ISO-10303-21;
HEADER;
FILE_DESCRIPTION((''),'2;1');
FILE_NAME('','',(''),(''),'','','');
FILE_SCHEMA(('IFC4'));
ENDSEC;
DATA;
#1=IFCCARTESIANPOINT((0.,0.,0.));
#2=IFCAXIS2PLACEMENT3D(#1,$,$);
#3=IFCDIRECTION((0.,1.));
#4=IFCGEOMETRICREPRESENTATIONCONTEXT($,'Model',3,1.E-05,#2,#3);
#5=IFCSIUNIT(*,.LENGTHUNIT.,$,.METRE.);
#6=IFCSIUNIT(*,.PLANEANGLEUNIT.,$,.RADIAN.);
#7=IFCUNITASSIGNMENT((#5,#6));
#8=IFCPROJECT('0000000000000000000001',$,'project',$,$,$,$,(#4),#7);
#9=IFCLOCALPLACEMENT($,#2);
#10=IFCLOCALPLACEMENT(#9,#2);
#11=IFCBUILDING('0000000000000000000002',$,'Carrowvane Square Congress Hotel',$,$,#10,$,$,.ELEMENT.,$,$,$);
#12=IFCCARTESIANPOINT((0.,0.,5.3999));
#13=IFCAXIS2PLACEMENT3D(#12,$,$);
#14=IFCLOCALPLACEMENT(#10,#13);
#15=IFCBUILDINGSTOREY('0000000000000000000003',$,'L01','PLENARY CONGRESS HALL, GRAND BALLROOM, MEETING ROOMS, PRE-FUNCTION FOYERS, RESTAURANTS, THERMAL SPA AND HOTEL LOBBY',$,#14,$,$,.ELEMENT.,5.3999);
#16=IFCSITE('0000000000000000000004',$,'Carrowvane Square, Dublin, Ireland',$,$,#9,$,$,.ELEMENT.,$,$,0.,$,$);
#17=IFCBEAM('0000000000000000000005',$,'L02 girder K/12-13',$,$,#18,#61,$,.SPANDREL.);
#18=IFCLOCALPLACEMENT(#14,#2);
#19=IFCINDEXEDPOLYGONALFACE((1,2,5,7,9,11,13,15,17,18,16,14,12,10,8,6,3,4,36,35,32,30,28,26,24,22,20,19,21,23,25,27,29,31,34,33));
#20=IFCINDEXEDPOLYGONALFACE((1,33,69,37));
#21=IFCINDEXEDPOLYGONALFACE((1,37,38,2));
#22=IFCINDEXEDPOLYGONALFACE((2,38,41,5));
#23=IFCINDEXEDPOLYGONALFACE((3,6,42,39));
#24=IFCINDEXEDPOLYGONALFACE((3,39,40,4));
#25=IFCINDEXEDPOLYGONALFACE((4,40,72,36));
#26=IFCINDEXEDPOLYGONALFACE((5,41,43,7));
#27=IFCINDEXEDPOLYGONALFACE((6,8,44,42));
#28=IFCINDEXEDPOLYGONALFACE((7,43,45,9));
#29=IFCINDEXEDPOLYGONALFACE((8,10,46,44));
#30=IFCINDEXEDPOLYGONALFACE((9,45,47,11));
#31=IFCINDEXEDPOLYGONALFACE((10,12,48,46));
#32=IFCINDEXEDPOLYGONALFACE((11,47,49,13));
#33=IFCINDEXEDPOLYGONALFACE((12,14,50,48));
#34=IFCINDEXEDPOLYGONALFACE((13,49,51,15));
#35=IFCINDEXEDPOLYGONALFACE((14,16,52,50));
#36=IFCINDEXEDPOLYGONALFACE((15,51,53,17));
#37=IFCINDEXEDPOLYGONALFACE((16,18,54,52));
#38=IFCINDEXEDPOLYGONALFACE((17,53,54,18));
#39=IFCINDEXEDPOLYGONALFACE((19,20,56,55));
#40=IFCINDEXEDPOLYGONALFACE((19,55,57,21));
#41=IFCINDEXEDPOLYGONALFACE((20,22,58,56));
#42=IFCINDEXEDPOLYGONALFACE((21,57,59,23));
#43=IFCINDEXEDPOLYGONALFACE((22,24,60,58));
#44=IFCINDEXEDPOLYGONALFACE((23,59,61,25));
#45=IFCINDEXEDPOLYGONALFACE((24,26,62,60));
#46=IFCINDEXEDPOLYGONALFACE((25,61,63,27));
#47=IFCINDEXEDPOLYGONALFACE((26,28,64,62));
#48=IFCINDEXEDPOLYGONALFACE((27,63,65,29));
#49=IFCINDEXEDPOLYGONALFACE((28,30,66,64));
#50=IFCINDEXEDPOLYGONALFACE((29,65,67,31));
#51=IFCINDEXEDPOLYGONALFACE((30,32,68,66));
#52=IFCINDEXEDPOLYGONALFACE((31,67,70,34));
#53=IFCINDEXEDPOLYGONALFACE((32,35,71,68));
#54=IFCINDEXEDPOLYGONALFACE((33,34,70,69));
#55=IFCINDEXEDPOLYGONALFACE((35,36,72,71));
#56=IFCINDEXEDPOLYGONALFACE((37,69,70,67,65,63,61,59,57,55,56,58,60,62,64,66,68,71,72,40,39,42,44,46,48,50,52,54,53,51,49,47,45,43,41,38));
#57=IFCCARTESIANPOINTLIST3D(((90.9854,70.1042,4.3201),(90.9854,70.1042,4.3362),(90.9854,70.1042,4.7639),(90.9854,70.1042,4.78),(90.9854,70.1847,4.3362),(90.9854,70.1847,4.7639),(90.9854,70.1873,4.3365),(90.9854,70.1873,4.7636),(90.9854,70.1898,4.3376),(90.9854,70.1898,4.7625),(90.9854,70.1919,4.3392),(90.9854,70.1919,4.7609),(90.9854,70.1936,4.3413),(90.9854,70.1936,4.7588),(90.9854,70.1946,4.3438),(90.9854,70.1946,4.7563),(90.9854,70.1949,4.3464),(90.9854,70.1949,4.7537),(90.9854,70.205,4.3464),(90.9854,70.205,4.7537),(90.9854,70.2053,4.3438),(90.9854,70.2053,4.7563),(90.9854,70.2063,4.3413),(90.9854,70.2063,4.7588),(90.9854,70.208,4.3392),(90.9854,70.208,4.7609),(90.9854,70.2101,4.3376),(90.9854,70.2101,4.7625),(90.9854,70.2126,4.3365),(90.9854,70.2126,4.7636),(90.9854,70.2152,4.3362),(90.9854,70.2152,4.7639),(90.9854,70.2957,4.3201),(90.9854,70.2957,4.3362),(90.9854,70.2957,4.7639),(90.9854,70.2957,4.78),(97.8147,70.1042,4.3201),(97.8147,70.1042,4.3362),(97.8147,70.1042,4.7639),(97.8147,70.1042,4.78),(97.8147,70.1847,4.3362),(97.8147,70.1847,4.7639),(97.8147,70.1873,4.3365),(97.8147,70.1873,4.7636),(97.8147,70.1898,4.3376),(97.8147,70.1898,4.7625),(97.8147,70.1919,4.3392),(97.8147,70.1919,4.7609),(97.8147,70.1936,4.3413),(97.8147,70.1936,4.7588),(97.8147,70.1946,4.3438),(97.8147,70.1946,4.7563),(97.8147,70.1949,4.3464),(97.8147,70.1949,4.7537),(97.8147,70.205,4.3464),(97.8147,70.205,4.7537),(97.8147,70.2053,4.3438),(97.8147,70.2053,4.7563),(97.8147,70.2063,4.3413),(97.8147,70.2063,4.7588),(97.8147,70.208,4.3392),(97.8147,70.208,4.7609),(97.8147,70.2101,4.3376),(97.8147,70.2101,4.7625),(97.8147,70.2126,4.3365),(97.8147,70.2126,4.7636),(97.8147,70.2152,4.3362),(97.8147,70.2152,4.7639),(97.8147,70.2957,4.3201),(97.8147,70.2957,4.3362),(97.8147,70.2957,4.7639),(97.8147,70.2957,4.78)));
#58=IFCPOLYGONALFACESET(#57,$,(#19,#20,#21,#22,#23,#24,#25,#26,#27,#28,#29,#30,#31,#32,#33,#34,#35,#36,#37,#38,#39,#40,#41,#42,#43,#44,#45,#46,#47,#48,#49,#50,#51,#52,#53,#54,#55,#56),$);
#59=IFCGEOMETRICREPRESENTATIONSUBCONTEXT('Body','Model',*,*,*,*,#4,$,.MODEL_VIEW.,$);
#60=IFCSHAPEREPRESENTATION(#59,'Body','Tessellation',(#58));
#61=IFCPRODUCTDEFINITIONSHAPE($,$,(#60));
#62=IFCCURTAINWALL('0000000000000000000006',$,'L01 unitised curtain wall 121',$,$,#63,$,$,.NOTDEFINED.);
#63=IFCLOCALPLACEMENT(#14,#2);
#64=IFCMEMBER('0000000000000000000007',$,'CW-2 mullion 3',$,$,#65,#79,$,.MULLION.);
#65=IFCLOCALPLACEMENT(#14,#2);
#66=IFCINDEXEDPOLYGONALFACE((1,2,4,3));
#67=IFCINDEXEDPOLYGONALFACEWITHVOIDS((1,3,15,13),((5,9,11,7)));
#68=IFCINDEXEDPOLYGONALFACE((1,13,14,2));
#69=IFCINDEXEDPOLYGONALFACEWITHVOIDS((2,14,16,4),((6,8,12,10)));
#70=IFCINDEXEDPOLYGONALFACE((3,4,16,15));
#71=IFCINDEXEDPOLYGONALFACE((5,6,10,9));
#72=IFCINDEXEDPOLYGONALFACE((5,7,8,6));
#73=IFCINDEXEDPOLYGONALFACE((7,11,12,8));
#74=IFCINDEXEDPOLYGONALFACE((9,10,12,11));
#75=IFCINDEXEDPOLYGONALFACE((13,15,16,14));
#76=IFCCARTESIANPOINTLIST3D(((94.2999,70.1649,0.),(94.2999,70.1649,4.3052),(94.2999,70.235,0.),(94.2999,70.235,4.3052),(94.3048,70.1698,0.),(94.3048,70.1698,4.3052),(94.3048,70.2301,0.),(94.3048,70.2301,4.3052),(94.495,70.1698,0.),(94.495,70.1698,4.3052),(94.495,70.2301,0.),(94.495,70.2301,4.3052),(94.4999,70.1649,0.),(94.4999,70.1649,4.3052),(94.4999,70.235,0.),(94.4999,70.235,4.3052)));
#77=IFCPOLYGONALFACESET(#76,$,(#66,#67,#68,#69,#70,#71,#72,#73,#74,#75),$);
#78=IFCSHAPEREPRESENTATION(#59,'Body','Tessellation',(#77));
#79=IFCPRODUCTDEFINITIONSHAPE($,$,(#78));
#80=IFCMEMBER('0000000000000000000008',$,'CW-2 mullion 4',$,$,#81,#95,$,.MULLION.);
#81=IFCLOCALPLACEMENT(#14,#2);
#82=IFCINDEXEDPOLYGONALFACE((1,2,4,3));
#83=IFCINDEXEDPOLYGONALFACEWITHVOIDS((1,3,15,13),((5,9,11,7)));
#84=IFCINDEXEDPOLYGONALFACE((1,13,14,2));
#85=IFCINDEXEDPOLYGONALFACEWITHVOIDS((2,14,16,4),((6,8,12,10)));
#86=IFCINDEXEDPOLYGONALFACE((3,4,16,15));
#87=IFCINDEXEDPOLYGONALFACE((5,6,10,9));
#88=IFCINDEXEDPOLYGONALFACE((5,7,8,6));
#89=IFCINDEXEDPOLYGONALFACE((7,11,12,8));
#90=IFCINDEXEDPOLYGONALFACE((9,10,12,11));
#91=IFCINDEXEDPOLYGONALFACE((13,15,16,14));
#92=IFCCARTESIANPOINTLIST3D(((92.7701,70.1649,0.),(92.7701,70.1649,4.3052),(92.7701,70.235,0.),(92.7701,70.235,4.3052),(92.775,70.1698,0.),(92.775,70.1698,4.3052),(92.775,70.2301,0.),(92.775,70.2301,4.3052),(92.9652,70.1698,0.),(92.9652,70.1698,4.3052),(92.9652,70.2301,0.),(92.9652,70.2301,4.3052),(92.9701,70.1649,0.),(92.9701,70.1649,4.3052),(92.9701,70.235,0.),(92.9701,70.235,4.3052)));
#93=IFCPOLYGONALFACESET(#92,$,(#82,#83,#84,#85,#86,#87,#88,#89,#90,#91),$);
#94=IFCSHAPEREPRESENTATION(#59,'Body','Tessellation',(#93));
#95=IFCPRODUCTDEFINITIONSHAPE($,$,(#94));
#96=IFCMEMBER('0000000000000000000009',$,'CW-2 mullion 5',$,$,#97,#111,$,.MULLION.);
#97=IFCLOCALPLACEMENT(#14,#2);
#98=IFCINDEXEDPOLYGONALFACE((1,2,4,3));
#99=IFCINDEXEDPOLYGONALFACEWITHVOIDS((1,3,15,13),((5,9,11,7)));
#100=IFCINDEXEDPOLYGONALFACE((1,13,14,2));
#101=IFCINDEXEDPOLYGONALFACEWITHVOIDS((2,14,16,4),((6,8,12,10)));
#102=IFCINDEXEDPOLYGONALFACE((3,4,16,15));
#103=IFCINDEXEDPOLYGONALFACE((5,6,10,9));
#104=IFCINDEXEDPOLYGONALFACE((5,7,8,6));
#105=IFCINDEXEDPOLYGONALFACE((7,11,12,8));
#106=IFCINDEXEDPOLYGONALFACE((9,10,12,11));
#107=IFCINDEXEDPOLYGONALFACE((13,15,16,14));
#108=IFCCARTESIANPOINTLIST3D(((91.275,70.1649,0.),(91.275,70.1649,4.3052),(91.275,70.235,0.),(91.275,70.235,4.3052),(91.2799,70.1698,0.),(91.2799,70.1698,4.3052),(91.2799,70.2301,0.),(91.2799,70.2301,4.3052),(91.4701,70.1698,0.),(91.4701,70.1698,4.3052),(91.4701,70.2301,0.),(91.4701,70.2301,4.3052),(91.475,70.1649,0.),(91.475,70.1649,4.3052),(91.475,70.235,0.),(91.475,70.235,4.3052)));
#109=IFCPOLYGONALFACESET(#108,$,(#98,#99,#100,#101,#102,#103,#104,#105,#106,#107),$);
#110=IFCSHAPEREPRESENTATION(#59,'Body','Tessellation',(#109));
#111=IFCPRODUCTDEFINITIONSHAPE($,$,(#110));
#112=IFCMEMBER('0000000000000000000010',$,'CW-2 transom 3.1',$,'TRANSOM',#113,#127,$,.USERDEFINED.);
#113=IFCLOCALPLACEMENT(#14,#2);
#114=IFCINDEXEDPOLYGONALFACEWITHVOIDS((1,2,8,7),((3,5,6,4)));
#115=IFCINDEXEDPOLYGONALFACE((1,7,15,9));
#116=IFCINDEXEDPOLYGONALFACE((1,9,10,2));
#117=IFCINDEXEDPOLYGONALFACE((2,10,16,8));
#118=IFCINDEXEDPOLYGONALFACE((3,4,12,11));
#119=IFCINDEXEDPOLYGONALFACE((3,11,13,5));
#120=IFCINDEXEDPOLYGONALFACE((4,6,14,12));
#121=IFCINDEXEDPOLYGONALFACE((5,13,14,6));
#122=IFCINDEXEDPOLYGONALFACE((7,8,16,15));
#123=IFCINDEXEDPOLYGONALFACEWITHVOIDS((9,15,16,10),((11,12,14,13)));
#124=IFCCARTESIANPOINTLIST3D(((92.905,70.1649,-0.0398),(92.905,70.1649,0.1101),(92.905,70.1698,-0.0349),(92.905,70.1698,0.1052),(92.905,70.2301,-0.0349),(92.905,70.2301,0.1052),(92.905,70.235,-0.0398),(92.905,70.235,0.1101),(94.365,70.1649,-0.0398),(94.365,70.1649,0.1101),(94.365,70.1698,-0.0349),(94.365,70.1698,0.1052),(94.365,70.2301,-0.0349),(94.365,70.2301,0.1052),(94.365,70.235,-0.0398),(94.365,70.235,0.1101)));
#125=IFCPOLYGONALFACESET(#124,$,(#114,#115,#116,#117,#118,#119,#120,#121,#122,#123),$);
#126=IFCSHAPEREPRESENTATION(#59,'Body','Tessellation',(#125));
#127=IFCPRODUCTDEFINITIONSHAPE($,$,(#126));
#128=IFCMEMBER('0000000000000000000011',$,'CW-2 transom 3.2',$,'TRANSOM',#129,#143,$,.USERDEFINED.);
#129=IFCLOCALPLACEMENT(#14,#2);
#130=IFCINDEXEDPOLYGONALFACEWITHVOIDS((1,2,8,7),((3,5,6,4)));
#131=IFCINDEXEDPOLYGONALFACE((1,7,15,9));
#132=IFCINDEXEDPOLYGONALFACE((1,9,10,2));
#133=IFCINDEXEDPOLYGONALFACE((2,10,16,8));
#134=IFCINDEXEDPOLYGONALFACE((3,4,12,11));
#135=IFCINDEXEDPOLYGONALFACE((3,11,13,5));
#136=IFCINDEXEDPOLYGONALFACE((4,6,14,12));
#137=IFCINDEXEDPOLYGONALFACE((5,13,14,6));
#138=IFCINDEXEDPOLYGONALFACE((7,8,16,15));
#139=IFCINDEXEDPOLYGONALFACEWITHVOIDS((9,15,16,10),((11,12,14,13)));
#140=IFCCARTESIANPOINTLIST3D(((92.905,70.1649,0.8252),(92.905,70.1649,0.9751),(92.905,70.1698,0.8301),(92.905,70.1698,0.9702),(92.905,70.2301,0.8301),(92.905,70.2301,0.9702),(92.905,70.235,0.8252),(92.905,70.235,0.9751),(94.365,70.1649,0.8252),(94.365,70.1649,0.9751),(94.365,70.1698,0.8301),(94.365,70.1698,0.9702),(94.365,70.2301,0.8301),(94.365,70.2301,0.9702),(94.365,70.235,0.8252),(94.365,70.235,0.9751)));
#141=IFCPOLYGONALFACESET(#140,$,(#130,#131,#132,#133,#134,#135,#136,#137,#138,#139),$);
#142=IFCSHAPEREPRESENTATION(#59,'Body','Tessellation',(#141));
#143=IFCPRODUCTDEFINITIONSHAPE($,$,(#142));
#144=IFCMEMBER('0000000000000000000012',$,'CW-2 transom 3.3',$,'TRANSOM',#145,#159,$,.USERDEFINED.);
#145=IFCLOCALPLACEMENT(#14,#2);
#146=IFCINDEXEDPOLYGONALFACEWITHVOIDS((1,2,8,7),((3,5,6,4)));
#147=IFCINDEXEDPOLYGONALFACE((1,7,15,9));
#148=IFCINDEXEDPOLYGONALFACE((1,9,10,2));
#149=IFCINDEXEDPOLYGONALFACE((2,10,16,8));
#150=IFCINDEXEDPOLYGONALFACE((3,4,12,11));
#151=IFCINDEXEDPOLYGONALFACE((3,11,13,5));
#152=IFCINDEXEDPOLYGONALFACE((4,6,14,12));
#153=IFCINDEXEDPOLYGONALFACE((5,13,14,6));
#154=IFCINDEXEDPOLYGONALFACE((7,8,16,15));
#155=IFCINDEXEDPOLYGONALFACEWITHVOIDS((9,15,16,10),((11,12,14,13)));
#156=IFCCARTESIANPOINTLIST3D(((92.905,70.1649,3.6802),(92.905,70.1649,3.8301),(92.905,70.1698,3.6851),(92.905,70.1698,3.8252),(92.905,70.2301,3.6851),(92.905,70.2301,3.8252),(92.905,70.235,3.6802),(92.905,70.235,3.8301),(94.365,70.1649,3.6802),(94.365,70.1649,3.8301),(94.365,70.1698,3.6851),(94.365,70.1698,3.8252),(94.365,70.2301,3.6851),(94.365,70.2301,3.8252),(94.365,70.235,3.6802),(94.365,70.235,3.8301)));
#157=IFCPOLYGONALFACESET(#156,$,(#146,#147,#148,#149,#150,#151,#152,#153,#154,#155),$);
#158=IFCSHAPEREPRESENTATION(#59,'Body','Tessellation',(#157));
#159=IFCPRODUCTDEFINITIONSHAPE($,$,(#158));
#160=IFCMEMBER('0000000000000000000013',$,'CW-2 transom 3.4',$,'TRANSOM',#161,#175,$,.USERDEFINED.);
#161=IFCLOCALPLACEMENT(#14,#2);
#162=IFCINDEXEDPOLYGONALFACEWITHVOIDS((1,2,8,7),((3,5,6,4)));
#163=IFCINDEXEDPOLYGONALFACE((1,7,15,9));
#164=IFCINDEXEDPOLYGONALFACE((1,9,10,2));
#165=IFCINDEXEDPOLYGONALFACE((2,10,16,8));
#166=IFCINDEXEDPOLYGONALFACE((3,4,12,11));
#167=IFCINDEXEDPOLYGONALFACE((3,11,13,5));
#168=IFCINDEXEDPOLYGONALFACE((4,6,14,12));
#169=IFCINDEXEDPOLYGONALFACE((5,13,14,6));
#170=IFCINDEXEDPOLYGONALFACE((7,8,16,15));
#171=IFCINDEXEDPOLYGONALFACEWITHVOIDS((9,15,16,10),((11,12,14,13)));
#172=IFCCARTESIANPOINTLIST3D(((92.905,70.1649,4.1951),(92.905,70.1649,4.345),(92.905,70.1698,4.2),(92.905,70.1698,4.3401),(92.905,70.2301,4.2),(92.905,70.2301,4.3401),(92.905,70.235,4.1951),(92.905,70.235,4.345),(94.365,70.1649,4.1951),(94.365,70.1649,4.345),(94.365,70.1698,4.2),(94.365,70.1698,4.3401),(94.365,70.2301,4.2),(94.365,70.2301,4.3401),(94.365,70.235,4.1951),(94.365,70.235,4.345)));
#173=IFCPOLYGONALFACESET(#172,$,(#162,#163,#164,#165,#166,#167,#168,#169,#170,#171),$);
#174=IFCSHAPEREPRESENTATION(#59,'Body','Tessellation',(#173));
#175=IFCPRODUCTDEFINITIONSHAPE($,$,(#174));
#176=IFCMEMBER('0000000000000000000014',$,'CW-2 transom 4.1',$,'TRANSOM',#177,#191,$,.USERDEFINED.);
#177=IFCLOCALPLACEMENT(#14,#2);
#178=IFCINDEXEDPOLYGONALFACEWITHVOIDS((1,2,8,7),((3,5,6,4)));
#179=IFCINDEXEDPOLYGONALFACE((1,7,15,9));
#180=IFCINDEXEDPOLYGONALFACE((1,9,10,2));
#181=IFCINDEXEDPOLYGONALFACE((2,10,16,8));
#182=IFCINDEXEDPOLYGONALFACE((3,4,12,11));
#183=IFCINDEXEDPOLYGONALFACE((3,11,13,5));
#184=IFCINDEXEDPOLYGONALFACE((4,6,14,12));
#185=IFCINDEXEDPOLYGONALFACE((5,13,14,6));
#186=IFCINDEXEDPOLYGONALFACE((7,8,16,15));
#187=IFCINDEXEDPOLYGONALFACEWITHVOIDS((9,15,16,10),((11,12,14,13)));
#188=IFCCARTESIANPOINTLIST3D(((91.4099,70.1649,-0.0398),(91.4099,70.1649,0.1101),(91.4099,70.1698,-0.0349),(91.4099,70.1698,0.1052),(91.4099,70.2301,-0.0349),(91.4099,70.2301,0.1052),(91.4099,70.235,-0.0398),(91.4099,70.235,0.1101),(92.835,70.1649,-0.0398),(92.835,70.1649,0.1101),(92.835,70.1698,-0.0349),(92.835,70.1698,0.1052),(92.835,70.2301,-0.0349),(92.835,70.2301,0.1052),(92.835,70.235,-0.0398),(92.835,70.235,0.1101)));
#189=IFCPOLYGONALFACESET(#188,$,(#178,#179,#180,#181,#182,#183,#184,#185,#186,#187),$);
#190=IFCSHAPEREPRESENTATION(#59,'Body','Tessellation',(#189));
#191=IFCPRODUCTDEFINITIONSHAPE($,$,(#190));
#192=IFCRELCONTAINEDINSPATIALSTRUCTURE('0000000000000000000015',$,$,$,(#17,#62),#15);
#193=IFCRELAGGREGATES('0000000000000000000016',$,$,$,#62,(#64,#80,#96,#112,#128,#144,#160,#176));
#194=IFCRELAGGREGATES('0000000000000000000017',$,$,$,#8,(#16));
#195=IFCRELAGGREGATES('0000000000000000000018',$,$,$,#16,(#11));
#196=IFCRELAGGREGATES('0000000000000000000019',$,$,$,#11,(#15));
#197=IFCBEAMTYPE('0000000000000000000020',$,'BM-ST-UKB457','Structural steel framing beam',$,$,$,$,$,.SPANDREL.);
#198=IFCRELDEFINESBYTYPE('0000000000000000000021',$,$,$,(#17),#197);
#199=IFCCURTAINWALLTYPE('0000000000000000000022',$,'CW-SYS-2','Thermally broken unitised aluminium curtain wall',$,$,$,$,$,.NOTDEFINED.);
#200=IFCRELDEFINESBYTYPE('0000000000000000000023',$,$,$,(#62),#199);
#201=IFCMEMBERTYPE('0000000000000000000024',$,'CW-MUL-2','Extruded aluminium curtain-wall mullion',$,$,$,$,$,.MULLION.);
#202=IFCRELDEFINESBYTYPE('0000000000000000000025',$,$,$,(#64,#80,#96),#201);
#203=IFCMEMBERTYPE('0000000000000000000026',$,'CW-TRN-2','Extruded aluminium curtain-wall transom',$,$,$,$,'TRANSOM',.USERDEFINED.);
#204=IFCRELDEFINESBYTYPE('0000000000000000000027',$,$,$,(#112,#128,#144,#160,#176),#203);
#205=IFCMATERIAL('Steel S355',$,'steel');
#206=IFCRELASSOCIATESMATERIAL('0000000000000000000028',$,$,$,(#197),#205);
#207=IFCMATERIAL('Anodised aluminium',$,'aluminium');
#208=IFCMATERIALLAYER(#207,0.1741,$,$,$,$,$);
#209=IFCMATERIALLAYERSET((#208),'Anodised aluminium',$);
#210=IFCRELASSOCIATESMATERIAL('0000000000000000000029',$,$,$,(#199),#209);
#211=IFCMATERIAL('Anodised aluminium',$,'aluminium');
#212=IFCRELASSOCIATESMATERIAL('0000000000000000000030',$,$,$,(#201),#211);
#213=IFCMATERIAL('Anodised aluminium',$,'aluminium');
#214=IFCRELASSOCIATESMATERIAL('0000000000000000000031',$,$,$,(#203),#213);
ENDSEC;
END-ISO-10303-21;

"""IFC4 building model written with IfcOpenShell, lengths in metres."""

from ifc_helpers import new_model, si_unit, direction, frame, origin, origin_2d, place, context, subcontext, project, spatial, hollow_rectangle, i_section, extrude, material, layer, layer_set, material_profile, profile_set, type_object, element, aggregate, save


model = new_model("IFC4")

# Units and contexts
model_context = context("Model", 3, precision=1e-05, world=origin(), true_north=direction((0.0, 1.0)))
body_context = subcontext(model_context, "Body", "Model", "MODEL_VIEW")
ifc_project = project(units=[si_unit("LENGTHUNIT", "METRE"), si_unit("PLANEANGLEUNIT", "RADIAN")], contexts=[model_context])

# Site, building, storey
site_placement = place(None, origin())
site = spatial("IfcSite", under=ifc_project, at=site_placement, Name="Carrowvane Square, Dublin, Ireland", CompositionType="ELEMENT", RefElevation=0.0)
building_placement = place(site_placement, origin())
building = spatial("IfcBuilding", under=site, at=building_placement, Name="Carrowvane Square Congress Hotel", CompositionType="ELEMENT")
storey_placement = place(building_placement, frame((0.0, 0.0, 5.3999)))
storey = spatial("IfcBuildingStorey", under=building, at=storey_placement, Name="L01", Description="PLENARY CONGRESS HALL, GRAND BALLROOM, MEETING ROOMS, PRE-FUNCTION FOYERS, RESTAURANTS, THERMAL SPA AND HOTEL LOBBY", CompositionType="ELEMENT", Elevation=5.3999)

# Beam
ifc_material_1 = material(Name="Steel S355", Category="steel")
ifc_material_profile_1 = material_profile(ifc_material_1, i_section(OverallWidth=0.1914, OverallDepth=0.46, WebThickness=0.01, FlangeThickness=0.0161, FilletRadius=0.0103, at=origin_2d()), Name="UKB 457x191x82")
ifc_profile_set_1 = profile_set([ifc_material_profile_1], Name="Steel S355")
beam_type = type_object("IfcBeamType", Name="BM-ST-UKB457", Description="Structural steel framing beam", PredefinedType="SPANDREL", material=ifc_profile_set_1)
beam_placement = place(storey_placement, frame((90.9854, 70.2, 4.55), z_axis=(1.0, 0.0, 0.0), x_axis=(0.0, 1.0, 0.0)))
element("IfcBeam", 1, at=beam_placement, inside=storey, type_object=beam_type, Name="L02 girder K/12-13", PredefinedType="SPANDREL", context=body_context, shape_type="SweptSolid", body=[
    extrude(i_section(OverallWidth=0.1914, OverallDepth=0.46, WebThickness=0.01, FlangeThickness=0.0161, FilletRadius=0.0103, at=origin_2d()), origin(), (0.0, 0.0, 1.0), 6.8293),
])

# Curtain wall, members
ifc_material_2 = material(Name="Anodised aluminium", Category="aluminium")
ifc_layer_1 = layer(ifc_material_2, 0.1741)
ifc_layer_set_1 = layer_set([ifc_layer_1], Name="Anodised aluminium")
curtain_wall_type = type_object("IfcCurtainWallType", Name="CW-SYS-2", Description="Thermally broken unitised aluminium curtain wall", PredefinedType="NOTDEFINED", material=ifc_layer_set_1)
curtain_wall_placement = place(storey_placement, origin())
curtain_wall = element("IfcCurtainWall", 2, at=curtain_wall_placement, inside=storey, type_object=curtain_wall_type, Name="L01 unitised curtain wall 121", PredefinedType="NOTDEFINED")
ifc_material_3 = material(Name="Anodised aluminium", Category="aluminium")
ifc_material_profile_2 = material_profile(ifc_material_3, hollow_rectangle(XDim=0.0701, YDim=0.2, WallThickness=0.0049, at=origin_2d()), Name="CW-ML 70x200x5")
ifc_profile_set_2 = profile_set([ifc_material_profile_2], Name="Anodised aluminium")
member_type_1 = type_object("IfcMemberType", Name="CW-MUL-2", Description="Extruded aluminium curtain-wall mullion", PredefinedType="MULLION", material=ifc_profile_set_2)
member_1_placement = place(storey_placement, frame((94.3999, 70.2, 0.0), z_axis=(0.0, 0.0, 1.0), x_axis=(0.0, -1.0, 0.0)))
member_1 = element("IfcMember", 3, at=member_1_placement, type_object=member_type_1, Name="CW-2 mullion 3", PredefinedType="MULLION", context=body_context, shape_type="SweptSolid", body=[
    extrude(hollow_rectangle(XDim=0.0701, YDim=0.2, WallThickness=0.0049, at=origin_2d()), origin(), (0.0, 0.0, 1.0), 4.3052),
])
member_2_placement = place(storey_placement, frame((92.8701, 70.2, 0.0), z_axis=(0.0, 0.0, 1.0), x_axis=(0.0, -1.0, 0.0)))
member_2 = element("IfcMember", 4, at=member_2_placement, type_object=member_type_1, Name="CW-2 mullion 4", PredefinedType="MULLION", context=body_context, shape_type="SweptSolid", body=[
    extrude(hollow_rectangle(XDim=0.0701, YDim=0.2, WallThickness=0.0049, at=origin_2d()), origin(), (0.0, 0.0, 1.0), 4.3052),
])
member_3_placement = place(storey_placement, frame((91.375, 70.2, 0.0), z_axis=(0.0, 0.0, 1.0), x_axis=(0.0, -1.0, 0.0)))
member_3 = element("IfcMember", 5, at=member_3_placement, type_object=member_type_1, Name="CW-2 mullion 5", PredefinedType="MULLION", context=body_context, shape_type="SweptSolid", body=[
    extrude(hollow_rectangle(XDim=0.0701, YDim=0.2, WallThickness=0.0049, at=origin_2d()), origin(), (0.0, 0.0, 1.0), 4.3052),
])
ifc_material_4 = material(Name="Anodised aluminium", Category="aluminium")
ifc_material_profile_3 = material_profile(ifc_material_4, hollow_rectangle(XDim=0.0701, YDim=0.1499, WallThickness=0.0049, at=origin_2d()), Name="CW-TR 70x150x5")
ifc_profile_set_3 = profile_set([ifc_material_profile_3], Name="Anodised aluminium")
member_type_2 = type_object("IfcMemberType", Name="CW-TRN-2", Description="Extruded aluminium curtain-wall transom", ElementType="TRANSOM", PredefinedType="USERDEFINED", material=ifc_profile_set_3)
member_4_placement = place(storey_placement, frame((94.365, 70.2, 0.0352), z_axis=(-1.0, 0.0, 0.0), x_axis=(0.0, -1.0, 0.0)))
member_4 = element("IfcMember", 6, at=member_4_placement, type_object=member_type_2, Name="CW-2 transom 3.1", ObjectType="TRANSOM", PredefinedType="USERDEFINED", context=body_context, shape_type="SweptSolid", body=[
    extrude(hollow_rectangle(XDim=0.0701, YDim=0.1499, WallThickness=0.0049, at=origin_2d()), origin(), (0.0, 0.0, 1.0), 1.46),
])
member_5_placement = place(storey_placement, frame((94.365, 70.2, 0.9001), z_axis=(-1.0, 0.0, 0.0), x_axis=(0.0, -1.0, 0.0)))
member_5 = element("IfcMember", 7, at=member_5_placement, type_object=member_type_2, Name="CW-2 transom 3.2", ObjectType="TRANSOM", PredefinedType="USERDEFINED", context=body_context, shape_type="SweptSolid", body=[
    extrude(hollow_rectangle(XDim=0.0701, YDim=0.1499, WallThickness=0.0049, at=origin_2d()), origin(), (0.0, 0.0, 1.0), 1.46),
])
member_6_placement = place(storey_placement, frame((94.365, 70.2, 3.7551), z_axis=(-1.0, 0.0, 0.0), x_axis=(0.0, -1.0, 0.0)))
member_6 = element("IfcMember", 8, at=member_6_placement, type_object=member_type_2, Name="CW-2 transom 3.3", ObjectType="TRANSOM", PredefinedType="USERDEFINED", context=body_context, shape_type="SweptSolid", body=[
    extrude(hollow_rectangle(XDim=0.0701, YDim=0.1499, WallThickness=0.0049, at=origin_2d()), origin(), (0.0, 0.0, 1.0), 1.46),
])
member_7_placement = place(storey_placement, frame((94.365, 70.2, 4.27), z_axis=(-1.0, 0.0, 0.0), x_axis=(0.0, -1.0, 0.0)))
member_7 = element("IfcMember", 9, at=member_7_placement, type_object=member_type_2, Name="CW-2 transom 3.4", ObjectType="TRANSOM", PredefinedType="USERDEFINED", context=body_context, shape_type="SweptSolid", body=[
    extrude(hollow_rectangle(XDim=0.0701, YDim=0.1499, WallThickness=0.0049, at=origin_2d()), origin(), (0.0, 0.0, 1.0), 1.46),
])
member_8_placement = place(storey_placement, frame((92.835, 70.2, 0.0352), z_axis=(-1.0, 0.0, 0.0), x_axis=(0.0, -1.0, 0.0)))
member_8 = element("IfcMember", 10, at=member_8_placement, type_object=member_type_2, Name="CW-2 transom 4.1", ObjectType="TRANSOM", PredefinedType="USERDEFINED", context=body_context, shape_type="SweptSolid", body=[
    extrude(hollow_rectangle(XDim=0.0701, YDim=0.1499, WallThickness=0.0049, at=origin_2d()), origin(), (0.0, 0.0, 1.0), 1.425),
])
aggregate(curtain_wall, [member_1, member_2, member_3, member_4, member_5, member_6, member_7, member_8])

save(model, "model.ifc")
